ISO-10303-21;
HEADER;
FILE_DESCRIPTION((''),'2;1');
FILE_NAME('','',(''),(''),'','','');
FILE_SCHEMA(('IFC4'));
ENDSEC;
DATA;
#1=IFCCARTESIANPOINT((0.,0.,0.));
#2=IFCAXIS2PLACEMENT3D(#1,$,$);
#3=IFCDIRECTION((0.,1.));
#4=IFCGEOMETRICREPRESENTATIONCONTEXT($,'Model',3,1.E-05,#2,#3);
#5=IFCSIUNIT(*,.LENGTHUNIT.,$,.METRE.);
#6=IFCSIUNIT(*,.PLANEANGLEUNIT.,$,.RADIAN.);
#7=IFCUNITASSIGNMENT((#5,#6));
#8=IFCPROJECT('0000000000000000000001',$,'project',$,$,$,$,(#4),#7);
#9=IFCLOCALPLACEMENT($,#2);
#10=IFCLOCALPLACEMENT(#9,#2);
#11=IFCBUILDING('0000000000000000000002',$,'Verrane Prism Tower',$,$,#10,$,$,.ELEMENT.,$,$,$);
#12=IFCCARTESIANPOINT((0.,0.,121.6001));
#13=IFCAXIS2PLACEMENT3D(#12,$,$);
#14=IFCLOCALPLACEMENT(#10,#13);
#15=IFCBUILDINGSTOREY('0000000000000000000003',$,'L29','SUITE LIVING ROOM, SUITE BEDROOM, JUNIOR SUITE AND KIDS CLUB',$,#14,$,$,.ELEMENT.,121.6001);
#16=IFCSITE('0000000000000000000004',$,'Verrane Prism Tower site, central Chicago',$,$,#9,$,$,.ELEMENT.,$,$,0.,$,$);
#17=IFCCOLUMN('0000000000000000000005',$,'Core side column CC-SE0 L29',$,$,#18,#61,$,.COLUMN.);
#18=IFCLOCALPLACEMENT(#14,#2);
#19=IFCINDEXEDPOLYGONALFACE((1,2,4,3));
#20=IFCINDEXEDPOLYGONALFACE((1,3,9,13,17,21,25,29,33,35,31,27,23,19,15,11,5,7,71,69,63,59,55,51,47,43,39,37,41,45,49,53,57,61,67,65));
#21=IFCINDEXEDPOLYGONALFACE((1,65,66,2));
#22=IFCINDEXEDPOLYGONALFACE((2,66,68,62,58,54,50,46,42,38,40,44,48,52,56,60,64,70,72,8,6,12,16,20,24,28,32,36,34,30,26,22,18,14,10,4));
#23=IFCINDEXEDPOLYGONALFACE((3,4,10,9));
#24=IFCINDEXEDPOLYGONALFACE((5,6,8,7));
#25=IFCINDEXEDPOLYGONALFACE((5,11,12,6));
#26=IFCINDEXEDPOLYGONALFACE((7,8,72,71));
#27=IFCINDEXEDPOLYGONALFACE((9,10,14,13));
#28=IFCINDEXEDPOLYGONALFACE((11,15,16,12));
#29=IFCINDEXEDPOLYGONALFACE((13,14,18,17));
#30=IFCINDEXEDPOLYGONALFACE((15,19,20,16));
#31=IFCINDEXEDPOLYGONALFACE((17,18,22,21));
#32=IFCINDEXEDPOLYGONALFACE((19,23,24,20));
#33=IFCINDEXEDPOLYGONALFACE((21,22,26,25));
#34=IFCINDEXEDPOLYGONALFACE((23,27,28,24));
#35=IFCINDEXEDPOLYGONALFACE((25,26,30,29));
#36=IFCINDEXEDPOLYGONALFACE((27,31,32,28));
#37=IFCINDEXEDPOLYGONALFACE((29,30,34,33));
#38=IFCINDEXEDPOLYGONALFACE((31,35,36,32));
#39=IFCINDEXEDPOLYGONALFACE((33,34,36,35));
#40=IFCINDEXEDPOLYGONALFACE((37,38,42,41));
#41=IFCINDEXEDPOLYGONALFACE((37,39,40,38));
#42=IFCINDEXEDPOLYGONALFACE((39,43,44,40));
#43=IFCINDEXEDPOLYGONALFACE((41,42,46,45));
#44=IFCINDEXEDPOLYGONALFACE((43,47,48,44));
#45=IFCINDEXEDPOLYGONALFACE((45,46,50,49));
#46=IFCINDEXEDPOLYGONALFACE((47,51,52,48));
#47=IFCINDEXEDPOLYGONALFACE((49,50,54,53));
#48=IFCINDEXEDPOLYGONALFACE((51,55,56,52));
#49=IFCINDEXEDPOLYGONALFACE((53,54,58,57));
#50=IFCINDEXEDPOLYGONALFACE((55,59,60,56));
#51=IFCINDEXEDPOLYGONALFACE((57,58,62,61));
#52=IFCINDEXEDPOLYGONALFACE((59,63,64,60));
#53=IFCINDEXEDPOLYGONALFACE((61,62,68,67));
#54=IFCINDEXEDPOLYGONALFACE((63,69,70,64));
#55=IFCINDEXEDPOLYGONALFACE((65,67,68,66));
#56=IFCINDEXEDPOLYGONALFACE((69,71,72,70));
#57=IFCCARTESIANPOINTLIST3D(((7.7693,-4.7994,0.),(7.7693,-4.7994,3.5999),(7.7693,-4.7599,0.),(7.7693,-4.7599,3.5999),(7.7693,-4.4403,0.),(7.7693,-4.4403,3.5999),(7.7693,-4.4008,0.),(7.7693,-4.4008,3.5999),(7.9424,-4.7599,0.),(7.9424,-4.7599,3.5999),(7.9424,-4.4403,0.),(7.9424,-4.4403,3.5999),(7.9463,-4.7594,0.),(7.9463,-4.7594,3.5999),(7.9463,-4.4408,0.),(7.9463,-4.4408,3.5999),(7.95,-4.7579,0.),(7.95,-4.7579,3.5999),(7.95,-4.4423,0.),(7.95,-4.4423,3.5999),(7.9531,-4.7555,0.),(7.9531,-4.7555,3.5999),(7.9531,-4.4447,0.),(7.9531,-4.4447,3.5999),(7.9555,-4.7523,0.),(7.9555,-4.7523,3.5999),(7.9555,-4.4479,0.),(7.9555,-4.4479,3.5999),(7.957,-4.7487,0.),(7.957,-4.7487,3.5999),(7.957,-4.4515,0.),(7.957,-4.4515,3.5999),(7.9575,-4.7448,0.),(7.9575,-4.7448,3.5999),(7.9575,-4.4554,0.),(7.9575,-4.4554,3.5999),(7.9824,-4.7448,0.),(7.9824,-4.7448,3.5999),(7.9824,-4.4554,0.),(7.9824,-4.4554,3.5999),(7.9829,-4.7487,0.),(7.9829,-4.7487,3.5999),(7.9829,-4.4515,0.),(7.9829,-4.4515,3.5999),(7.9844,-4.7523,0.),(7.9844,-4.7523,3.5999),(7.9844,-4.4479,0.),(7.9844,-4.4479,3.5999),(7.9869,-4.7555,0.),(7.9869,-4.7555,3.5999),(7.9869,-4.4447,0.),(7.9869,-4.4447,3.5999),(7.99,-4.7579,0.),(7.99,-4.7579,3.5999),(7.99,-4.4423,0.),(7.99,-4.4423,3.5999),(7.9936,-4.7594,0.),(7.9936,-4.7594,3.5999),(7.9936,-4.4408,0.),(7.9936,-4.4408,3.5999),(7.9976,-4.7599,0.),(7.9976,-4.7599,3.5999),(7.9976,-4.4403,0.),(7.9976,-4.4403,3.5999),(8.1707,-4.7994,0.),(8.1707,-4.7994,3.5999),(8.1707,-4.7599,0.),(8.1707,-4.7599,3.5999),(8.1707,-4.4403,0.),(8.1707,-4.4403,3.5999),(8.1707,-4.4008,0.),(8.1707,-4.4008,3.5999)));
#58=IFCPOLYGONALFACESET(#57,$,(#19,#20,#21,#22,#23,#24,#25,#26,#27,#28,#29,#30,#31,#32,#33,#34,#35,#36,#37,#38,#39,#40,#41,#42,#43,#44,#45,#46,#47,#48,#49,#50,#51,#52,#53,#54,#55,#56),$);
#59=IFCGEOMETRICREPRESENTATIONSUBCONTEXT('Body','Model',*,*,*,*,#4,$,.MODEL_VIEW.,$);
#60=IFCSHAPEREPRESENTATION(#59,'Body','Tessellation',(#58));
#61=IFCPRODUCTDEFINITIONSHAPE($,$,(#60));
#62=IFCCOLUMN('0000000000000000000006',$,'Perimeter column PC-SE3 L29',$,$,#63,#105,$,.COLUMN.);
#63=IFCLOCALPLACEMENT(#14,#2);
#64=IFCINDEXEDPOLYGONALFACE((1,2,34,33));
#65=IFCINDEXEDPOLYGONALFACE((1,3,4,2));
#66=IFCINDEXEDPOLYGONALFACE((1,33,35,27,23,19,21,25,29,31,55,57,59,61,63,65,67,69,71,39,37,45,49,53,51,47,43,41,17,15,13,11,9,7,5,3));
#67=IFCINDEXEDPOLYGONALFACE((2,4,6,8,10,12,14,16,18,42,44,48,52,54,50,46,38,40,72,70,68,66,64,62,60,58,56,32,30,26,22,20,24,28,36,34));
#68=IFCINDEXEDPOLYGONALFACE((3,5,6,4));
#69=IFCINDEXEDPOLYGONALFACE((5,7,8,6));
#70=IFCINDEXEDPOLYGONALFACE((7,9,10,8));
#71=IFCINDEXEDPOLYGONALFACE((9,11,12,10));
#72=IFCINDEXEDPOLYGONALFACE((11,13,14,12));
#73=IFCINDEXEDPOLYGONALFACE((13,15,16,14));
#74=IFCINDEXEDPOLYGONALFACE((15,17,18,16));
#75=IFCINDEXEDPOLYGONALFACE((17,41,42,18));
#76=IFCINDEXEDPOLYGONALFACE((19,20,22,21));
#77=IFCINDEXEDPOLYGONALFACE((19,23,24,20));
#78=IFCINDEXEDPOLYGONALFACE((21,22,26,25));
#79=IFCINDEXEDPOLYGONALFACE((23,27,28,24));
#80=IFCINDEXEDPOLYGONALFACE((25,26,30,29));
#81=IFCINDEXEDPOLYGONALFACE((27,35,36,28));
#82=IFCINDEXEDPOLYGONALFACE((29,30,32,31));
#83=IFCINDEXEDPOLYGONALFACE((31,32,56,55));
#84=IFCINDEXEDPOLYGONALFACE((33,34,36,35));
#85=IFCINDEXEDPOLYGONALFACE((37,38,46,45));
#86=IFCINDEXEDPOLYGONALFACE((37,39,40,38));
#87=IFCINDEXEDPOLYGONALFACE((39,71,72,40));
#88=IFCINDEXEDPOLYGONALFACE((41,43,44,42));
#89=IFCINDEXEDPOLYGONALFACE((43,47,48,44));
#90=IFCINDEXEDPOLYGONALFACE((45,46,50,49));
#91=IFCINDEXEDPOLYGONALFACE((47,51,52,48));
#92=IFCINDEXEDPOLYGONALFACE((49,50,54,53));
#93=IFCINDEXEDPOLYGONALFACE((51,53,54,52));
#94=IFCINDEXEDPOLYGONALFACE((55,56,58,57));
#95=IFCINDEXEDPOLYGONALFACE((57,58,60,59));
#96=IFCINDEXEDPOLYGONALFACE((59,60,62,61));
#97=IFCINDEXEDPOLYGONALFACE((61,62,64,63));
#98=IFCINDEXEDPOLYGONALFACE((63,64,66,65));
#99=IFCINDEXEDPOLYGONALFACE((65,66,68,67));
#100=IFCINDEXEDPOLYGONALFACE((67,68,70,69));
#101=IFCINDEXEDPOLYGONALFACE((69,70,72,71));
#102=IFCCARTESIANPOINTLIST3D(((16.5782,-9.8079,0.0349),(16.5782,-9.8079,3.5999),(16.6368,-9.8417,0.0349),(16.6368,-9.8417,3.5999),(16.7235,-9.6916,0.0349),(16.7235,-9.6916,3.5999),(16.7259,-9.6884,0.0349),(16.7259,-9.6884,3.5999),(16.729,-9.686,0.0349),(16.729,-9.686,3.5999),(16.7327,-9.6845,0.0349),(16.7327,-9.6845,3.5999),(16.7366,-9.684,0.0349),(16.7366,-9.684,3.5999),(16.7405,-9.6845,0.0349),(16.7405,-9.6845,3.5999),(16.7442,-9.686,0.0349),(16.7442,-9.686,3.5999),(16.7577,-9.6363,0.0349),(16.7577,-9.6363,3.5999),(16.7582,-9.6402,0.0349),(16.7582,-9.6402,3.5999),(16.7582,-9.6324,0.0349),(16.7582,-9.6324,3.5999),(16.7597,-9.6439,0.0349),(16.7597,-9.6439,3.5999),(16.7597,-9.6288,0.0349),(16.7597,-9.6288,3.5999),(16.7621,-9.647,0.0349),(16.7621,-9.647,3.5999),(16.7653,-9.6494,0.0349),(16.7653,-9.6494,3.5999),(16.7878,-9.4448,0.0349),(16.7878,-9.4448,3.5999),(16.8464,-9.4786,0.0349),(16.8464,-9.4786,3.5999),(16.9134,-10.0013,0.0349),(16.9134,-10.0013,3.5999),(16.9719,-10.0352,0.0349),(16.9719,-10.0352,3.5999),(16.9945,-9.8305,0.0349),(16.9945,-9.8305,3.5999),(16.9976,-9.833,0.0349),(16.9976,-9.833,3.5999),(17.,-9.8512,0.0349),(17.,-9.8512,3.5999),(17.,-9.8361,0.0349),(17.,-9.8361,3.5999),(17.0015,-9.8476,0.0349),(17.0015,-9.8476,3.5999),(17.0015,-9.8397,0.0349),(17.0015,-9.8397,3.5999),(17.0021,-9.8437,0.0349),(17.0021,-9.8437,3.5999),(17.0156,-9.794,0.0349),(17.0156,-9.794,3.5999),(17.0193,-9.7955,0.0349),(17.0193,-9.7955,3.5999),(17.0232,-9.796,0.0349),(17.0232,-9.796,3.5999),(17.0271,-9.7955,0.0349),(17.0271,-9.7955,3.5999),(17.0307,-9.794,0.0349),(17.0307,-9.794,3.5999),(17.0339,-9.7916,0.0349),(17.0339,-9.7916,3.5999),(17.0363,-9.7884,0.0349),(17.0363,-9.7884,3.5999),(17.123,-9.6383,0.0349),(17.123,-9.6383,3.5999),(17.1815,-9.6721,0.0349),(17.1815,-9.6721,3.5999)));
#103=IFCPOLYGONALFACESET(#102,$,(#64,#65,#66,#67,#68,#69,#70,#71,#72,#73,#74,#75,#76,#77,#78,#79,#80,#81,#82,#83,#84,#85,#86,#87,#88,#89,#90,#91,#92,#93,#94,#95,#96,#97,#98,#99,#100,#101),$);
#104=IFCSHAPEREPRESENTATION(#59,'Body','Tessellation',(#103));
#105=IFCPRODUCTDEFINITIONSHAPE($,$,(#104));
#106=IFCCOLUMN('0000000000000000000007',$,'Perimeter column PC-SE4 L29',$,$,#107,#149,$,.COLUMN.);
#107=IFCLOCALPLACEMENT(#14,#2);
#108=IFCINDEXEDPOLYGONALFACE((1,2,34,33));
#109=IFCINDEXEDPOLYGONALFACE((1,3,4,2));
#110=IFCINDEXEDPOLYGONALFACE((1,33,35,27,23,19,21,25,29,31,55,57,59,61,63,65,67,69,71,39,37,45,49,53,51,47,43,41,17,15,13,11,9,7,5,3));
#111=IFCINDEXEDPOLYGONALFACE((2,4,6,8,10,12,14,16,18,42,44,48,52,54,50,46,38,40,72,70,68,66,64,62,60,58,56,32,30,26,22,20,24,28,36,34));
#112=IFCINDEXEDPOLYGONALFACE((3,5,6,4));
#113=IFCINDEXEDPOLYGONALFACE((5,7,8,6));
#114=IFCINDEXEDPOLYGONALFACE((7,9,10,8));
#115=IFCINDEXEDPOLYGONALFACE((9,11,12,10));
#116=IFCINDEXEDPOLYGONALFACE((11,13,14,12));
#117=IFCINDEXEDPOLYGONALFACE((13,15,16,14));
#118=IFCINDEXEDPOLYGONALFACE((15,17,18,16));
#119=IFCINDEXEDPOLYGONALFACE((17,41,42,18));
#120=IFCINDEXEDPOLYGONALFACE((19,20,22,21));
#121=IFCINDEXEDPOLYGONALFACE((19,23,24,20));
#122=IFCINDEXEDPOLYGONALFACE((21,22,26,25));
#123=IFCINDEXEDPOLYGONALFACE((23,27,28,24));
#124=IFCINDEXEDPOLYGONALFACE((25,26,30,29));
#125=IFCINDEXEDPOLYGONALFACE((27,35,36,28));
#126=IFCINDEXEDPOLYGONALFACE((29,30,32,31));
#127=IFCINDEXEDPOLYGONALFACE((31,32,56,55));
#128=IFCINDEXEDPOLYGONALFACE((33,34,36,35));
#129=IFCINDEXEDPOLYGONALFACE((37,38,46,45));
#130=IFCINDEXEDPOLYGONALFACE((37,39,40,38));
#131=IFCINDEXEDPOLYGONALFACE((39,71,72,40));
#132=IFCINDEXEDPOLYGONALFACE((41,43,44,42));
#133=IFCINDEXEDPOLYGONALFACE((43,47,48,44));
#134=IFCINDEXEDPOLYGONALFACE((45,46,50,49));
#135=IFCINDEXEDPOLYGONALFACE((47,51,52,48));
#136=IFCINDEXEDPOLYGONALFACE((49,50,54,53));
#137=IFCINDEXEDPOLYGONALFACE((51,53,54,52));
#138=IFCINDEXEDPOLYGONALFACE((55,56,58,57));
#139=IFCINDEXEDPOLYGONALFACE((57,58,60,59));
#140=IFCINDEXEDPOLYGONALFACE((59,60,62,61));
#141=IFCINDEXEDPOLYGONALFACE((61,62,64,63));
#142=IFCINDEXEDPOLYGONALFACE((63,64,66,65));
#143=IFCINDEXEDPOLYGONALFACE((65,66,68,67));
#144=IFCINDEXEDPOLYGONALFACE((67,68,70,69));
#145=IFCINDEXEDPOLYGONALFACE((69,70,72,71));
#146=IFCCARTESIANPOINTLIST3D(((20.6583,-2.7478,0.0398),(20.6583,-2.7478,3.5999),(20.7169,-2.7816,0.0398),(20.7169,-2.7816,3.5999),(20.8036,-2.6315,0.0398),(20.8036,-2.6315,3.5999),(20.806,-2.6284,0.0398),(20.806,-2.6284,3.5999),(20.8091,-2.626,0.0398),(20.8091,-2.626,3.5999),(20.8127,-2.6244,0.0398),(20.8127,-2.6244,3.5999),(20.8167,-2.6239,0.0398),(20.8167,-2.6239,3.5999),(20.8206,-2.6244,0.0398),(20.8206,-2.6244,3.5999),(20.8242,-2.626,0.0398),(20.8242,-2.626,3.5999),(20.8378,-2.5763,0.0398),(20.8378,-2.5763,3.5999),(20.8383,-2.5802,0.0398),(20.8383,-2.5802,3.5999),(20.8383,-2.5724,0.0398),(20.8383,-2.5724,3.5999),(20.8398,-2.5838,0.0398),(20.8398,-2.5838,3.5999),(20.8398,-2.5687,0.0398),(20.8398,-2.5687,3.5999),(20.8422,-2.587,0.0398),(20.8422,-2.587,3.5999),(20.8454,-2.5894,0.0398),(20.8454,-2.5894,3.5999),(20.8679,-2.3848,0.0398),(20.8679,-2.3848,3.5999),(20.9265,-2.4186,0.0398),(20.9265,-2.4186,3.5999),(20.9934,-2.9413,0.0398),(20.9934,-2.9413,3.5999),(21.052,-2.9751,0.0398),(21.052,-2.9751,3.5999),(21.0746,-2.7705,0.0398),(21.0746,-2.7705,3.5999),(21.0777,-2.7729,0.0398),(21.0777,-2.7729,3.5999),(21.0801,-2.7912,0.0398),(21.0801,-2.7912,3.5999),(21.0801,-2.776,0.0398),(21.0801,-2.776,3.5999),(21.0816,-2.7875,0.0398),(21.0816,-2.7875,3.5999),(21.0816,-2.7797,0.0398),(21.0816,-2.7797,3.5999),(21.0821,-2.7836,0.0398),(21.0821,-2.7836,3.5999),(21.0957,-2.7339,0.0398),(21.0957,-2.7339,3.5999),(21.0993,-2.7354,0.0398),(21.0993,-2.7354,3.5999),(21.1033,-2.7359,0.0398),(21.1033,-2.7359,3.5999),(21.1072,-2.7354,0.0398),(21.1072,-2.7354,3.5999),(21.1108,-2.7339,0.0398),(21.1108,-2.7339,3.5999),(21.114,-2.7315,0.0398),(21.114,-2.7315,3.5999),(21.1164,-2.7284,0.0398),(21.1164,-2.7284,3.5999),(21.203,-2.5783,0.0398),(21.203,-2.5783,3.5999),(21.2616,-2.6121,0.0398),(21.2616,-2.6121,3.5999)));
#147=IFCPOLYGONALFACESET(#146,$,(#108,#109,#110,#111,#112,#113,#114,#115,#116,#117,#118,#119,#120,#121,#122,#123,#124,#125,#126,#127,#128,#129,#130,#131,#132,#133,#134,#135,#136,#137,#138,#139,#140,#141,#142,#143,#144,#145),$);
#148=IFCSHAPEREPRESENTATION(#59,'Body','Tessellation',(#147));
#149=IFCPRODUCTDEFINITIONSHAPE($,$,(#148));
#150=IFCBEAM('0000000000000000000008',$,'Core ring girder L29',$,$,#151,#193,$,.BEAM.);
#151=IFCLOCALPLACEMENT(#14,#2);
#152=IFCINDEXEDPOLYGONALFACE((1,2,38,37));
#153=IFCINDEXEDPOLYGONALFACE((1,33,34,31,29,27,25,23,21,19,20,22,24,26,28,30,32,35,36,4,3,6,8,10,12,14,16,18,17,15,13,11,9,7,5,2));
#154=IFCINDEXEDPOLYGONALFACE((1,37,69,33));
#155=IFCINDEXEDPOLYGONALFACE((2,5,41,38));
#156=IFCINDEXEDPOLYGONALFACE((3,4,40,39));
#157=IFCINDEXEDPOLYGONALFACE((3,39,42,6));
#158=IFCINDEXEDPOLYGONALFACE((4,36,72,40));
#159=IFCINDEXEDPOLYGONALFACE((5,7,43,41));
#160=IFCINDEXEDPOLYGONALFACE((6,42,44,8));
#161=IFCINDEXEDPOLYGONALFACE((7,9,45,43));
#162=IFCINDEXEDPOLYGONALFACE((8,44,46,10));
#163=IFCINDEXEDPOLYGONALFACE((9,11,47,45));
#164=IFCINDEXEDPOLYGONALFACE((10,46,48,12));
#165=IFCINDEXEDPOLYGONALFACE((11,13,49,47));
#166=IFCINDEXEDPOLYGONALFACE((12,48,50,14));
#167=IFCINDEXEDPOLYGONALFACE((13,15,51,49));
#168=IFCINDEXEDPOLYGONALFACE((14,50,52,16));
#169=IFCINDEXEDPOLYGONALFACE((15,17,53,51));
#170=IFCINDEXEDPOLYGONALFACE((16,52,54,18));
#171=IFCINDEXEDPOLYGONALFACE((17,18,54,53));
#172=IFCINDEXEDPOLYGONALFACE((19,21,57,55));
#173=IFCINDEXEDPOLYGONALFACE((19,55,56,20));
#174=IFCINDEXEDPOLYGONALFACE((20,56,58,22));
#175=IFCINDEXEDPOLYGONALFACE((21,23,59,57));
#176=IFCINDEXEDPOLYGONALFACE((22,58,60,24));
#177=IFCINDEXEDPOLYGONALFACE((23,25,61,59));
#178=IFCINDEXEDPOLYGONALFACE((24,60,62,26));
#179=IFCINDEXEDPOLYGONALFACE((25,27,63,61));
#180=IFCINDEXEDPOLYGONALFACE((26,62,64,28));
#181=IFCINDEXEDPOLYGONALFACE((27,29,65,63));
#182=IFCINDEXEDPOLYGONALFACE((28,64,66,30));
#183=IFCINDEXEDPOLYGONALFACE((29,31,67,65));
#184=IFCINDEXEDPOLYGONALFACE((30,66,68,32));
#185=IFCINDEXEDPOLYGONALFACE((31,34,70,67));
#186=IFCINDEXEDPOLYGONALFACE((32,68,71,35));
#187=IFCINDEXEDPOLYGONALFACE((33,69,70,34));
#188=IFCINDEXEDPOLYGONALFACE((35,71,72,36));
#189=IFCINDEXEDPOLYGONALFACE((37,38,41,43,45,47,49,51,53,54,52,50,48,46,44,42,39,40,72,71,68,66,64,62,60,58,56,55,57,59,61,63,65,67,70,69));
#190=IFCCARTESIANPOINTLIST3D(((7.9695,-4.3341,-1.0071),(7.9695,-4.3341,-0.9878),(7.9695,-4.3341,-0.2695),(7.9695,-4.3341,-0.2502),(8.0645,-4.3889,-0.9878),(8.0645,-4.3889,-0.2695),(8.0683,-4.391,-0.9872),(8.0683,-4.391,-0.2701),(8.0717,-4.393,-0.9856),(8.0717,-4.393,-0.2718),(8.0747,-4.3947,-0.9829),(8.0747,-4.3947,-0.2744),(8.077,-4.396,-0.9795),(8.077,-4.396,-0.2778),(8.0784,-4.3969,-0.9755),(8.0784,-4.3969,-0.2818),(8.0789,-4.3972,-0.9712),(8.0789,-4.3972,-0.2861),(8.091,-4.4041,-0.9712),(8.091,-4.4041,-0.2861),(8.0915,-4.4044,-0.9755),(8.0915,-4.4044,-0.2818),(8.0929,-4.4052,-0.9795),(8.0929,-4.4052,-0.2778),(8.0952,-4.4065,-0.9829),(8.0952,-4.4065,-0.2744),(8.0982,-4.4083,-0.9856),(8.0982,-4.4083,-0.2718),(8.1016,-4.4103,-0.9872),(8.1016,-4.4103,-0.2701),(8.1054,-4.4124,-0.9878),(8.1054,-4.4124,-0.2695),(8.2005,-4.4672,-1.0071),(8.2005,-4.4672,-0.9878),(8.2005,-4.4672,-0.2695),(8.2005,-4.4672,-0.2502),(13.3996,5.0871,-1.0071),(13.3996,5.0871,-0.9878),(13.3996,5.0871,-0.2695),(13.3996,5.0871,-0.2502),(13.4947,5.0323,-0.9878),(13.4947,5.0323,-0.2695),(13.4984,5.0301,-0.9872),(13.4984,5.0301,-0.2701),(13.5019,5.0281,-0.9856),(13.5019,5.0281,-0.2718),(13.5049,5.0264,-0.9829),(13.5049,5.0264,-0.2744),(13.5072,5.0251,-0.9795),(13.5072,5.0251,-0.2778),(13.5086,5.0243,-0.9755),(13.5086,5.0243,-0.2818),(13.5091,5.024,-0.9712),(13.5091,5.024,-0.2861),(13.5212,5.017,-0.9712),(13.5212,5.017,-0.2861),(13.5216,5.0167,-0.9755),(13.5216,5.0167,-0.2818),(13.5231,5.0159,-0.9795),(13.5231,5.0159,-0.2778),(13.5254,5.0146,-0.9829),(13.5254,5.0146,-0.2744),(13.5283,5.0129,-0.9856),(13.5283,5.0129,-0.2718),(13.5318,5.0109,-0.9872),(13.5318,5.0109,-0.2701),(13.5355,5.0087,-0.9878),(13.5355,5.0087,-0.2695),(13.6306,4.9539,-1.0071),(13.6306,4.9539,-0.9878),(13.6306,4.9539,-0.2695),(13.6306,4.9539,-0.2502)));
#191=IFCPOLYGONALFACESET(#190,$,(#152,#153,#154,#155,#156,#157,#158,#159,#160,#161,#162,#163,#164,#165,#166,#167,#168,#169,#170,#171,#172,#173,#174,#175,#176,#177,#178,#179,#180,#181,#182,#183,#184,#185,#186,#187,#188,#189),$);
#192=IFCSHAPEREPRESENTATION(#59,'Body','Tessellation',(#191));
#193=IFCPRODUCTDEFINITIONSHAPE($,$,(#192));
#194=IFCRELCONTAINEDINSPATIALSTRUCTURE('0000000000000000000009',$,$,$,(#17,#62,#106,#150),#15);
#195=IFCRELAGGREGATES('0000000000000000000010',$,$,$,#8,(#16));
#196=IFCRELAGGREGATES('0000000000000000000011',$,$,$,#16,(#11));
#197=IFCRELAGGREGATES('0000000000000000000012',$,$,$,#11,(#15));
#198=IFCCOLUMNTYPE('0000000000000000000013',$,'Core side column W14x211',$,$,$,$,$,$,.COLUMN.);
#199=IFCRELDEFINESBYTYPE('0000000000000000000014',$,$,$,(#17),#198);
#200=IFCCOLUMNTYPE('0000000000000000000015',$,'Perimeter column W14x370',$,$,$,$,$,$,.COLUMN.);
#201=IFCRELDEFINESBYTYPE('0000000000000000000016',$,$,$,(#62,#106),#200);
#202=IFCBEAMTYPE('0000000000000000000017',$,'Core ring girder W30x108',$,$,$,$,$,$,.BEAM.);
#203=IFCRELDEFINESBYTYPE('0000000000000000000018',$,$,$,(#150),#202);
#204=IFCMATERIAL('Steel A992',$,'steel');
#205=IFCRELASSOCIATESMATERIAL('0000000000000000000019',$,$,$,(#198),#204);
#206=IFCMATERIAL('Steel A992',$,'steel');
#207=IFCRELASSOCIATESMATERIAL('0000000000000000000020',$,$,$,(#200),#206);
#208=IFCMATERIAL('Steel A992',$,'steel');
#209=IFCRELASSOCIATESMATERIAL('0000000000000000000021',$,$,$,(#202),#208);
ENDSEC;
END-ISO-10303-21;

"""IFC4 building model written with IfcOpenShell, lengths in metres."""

from ifc_helpers import new_model, si_unit, direction, frame, origin, origin_2d, place, context, subcontext, project, spatial, i_section, extrude, material, material_profile, profile_set, type_object, element, save


model = new_model("IFC4")

# Units and contexts
model_context = context("Model", 3, precision=1e-05, world=origin(), true_north=direction((0.0, 1.0)))
body_context = subcontext(model_context, "Body", "Model", "MODEL_VIEW")
ifc_project = project(units=[si_unit("LENGTHUNIT", "METRE"), si_unit("PLANEANGLEUNIT", "RADIAN")], contexts=[model_context])

# Site, building, storey
site_placement = place(None, origin())
site = spatial("IfcSite", under=ifc_project, at=site_placement, Name="Verrane Prism Tower site, central Chicago", CompositionType="ELEMENT", RefElevation=0.0)
building_placement = place(site_placement, origin())
building = spatial("IfcBuilding", under=site, at=building_placement, Name="Verrane Prism Tower", CompositionType="ELEMENT")
storey_placement = place(building_placement, frame((0.0, 0.0, 121.6001)))
storey = spatial("IfcBuildingStorey", under=building, at=storey_placement, Name="L29", Description="SUITE LIVING ROOM, SUITE BEDROOM, JUNIOR SUITE AND KIDS CLUB", CompositionType="ELEMENT", Elevation=121.6001)

# Columns
ifc_material_1 = material(Name="Steel A992", Category="steel")
ifc_material_profile_1 = material_profile(ifc_material_1, i_section(OverallWidth=0.4014, OverallDepth=0.3987, WebThickness=0.0249, FlangeThickness=0.0396, FilletRadius=0.0151, at=origin_2d()), Name="W14x211")
ifc_profile_set_1 = profile_set([ifc_material_profile_1], Name="Steel A992")
column_type_1 = type_object("IfcColumnType", Name="Core side column W14x211", PredefinedType="COLUMN", material=ifc_profile_set_1)
column_1_placement = place(storey_placement, frame((7.97, -4.6001, 0.0), z_axis=(0.0, 0.0, 1.0), x_axis=(1.0, 0.0, 0.0)))
element("IfcColumn", 1, at=column_1_placement, inside=storey, type_object=column_type_1, Name="Core side column CC-SE0 L29", PredefinedType="COLUMN", context=body_context, shape_type="SweptSolid", body=[
    extrude(i_section(OverallWidth=0.4014, OverallDepth=0.3987, WebThickness=0.0249, FlangeThickness=0.0396, FilletRadius=0.0151, at=origin_2d()), origin(), (0.0, 0.0, 1.0), 3.5999),
])
ifc_material_2 = material(Name="Steel A992", Category="steel")
ifc_material_profile_2 = material_profile(ifc_material_2, i_section(OverallWidth=0.4192, OverallDepth=0.4546, WebThickness=0.0422, FlangeThickness=0.0676, FilletRadius=0.0151, at=origin_2d()), Name="W14x370")
ifc_profile_set_2 = profile_set([ifc_material_profile_2], Name="Steel A992")
column_type_2 = type_object("IfcColumnType", Name="Perimeter column W14x370", PredefinedType="COLUMN", material=ifc_profile_set_2)
column_2_placement = place(storey_placement, frame((16.8799, -9.74, 0.0349), z_axis=(0.0, 0.0, 1.0), x_axis=(-0.5, -0.866025, 0.0)))
element("IfcColumn", 2, at=column_2_placement, inside=storey, type_object=column_type_2, Name="Perimeter column PC-SE3 L29", PredefinedType="COLUMN", context=body_context, shape_type="SweptSolid", body=[
    extrude(i_section(OverallWidth=0.4192, OverallDepth=0.4546, WebThickness=0.0422, FlangeThickness=0.0676, FilletRadius=0.0151, at=origin_2d()), origin(), (0.0, 0.0, 1.0), 3.5649),
])
column_3_placement = place(storey_placement, frame((20.96, -2.6799, 0.0398), z_axis=(0.0, 0.0, 1.0), x_axis=(-0.5, -0.866025, 0.0)))
element("IfcColumn", 3, at=column_3_placement, inside=storey, type_object=column_type_2, Name="Perimeter column PC-SE4 L29", PredefinedType="COLUMN", context=body_context, shape_type="SweptSolid", body=[
    extrude(i_section(OverallWidth=0.4192, OverallDepth=0.4546, WebThickness=0.0422, FlangeThickness=0.0676, FilletRadius=0.0151, at=origin_2d()), origin(), (0.0, 0.0, 1.0), 3.5601),
])

# Beam
ifc_material_3 = material(Name="Steel A992", Category="steel")
ifc_material_profile_3 = material_profile(ifc_material_3, i_section(OverallWidth=0.2666, OverallDepth=0.7568, WebThickness=0.0139, FlangeThickness=0.0193, FilletRadius=0.0166, at=origin_2d()), Name="W30x108")
ifc_profile_set_3 = profile_set([ifc_material_profile_3], Name="Steel A992")
beam_type_1 = type_object("IfcBeamType", Name="Core ring girder W30x108", PredefinedType="BEAM", material=ifc_profile_set_3)
beam_1_placement = place(storey_placement, frame((8.085, -4.4006, -0.6287), z_axis=(0.499371, 0.866388, 0.0), x_axis=(-0.866388, 0.499371, 0.0)))
element("IfcBeam", 4, at=beam_1_placement, inside=storey, type_object=beam_type_1, Name="Core ring girder L29", PredefinedType="BEAM", context=body_context, shape_type="SweptSolid", body=[
    extrude(i_section(OverallWidth=0.2666, OverallDepth=0.7568, WebThickness=0.0139, FlangeThickness=0.0193, FilletRadius=0.0166, at=origin_2d()), origin(), (0.0, 0.0, 1.0), 10.874),
])

save(model, "model.ifc")
